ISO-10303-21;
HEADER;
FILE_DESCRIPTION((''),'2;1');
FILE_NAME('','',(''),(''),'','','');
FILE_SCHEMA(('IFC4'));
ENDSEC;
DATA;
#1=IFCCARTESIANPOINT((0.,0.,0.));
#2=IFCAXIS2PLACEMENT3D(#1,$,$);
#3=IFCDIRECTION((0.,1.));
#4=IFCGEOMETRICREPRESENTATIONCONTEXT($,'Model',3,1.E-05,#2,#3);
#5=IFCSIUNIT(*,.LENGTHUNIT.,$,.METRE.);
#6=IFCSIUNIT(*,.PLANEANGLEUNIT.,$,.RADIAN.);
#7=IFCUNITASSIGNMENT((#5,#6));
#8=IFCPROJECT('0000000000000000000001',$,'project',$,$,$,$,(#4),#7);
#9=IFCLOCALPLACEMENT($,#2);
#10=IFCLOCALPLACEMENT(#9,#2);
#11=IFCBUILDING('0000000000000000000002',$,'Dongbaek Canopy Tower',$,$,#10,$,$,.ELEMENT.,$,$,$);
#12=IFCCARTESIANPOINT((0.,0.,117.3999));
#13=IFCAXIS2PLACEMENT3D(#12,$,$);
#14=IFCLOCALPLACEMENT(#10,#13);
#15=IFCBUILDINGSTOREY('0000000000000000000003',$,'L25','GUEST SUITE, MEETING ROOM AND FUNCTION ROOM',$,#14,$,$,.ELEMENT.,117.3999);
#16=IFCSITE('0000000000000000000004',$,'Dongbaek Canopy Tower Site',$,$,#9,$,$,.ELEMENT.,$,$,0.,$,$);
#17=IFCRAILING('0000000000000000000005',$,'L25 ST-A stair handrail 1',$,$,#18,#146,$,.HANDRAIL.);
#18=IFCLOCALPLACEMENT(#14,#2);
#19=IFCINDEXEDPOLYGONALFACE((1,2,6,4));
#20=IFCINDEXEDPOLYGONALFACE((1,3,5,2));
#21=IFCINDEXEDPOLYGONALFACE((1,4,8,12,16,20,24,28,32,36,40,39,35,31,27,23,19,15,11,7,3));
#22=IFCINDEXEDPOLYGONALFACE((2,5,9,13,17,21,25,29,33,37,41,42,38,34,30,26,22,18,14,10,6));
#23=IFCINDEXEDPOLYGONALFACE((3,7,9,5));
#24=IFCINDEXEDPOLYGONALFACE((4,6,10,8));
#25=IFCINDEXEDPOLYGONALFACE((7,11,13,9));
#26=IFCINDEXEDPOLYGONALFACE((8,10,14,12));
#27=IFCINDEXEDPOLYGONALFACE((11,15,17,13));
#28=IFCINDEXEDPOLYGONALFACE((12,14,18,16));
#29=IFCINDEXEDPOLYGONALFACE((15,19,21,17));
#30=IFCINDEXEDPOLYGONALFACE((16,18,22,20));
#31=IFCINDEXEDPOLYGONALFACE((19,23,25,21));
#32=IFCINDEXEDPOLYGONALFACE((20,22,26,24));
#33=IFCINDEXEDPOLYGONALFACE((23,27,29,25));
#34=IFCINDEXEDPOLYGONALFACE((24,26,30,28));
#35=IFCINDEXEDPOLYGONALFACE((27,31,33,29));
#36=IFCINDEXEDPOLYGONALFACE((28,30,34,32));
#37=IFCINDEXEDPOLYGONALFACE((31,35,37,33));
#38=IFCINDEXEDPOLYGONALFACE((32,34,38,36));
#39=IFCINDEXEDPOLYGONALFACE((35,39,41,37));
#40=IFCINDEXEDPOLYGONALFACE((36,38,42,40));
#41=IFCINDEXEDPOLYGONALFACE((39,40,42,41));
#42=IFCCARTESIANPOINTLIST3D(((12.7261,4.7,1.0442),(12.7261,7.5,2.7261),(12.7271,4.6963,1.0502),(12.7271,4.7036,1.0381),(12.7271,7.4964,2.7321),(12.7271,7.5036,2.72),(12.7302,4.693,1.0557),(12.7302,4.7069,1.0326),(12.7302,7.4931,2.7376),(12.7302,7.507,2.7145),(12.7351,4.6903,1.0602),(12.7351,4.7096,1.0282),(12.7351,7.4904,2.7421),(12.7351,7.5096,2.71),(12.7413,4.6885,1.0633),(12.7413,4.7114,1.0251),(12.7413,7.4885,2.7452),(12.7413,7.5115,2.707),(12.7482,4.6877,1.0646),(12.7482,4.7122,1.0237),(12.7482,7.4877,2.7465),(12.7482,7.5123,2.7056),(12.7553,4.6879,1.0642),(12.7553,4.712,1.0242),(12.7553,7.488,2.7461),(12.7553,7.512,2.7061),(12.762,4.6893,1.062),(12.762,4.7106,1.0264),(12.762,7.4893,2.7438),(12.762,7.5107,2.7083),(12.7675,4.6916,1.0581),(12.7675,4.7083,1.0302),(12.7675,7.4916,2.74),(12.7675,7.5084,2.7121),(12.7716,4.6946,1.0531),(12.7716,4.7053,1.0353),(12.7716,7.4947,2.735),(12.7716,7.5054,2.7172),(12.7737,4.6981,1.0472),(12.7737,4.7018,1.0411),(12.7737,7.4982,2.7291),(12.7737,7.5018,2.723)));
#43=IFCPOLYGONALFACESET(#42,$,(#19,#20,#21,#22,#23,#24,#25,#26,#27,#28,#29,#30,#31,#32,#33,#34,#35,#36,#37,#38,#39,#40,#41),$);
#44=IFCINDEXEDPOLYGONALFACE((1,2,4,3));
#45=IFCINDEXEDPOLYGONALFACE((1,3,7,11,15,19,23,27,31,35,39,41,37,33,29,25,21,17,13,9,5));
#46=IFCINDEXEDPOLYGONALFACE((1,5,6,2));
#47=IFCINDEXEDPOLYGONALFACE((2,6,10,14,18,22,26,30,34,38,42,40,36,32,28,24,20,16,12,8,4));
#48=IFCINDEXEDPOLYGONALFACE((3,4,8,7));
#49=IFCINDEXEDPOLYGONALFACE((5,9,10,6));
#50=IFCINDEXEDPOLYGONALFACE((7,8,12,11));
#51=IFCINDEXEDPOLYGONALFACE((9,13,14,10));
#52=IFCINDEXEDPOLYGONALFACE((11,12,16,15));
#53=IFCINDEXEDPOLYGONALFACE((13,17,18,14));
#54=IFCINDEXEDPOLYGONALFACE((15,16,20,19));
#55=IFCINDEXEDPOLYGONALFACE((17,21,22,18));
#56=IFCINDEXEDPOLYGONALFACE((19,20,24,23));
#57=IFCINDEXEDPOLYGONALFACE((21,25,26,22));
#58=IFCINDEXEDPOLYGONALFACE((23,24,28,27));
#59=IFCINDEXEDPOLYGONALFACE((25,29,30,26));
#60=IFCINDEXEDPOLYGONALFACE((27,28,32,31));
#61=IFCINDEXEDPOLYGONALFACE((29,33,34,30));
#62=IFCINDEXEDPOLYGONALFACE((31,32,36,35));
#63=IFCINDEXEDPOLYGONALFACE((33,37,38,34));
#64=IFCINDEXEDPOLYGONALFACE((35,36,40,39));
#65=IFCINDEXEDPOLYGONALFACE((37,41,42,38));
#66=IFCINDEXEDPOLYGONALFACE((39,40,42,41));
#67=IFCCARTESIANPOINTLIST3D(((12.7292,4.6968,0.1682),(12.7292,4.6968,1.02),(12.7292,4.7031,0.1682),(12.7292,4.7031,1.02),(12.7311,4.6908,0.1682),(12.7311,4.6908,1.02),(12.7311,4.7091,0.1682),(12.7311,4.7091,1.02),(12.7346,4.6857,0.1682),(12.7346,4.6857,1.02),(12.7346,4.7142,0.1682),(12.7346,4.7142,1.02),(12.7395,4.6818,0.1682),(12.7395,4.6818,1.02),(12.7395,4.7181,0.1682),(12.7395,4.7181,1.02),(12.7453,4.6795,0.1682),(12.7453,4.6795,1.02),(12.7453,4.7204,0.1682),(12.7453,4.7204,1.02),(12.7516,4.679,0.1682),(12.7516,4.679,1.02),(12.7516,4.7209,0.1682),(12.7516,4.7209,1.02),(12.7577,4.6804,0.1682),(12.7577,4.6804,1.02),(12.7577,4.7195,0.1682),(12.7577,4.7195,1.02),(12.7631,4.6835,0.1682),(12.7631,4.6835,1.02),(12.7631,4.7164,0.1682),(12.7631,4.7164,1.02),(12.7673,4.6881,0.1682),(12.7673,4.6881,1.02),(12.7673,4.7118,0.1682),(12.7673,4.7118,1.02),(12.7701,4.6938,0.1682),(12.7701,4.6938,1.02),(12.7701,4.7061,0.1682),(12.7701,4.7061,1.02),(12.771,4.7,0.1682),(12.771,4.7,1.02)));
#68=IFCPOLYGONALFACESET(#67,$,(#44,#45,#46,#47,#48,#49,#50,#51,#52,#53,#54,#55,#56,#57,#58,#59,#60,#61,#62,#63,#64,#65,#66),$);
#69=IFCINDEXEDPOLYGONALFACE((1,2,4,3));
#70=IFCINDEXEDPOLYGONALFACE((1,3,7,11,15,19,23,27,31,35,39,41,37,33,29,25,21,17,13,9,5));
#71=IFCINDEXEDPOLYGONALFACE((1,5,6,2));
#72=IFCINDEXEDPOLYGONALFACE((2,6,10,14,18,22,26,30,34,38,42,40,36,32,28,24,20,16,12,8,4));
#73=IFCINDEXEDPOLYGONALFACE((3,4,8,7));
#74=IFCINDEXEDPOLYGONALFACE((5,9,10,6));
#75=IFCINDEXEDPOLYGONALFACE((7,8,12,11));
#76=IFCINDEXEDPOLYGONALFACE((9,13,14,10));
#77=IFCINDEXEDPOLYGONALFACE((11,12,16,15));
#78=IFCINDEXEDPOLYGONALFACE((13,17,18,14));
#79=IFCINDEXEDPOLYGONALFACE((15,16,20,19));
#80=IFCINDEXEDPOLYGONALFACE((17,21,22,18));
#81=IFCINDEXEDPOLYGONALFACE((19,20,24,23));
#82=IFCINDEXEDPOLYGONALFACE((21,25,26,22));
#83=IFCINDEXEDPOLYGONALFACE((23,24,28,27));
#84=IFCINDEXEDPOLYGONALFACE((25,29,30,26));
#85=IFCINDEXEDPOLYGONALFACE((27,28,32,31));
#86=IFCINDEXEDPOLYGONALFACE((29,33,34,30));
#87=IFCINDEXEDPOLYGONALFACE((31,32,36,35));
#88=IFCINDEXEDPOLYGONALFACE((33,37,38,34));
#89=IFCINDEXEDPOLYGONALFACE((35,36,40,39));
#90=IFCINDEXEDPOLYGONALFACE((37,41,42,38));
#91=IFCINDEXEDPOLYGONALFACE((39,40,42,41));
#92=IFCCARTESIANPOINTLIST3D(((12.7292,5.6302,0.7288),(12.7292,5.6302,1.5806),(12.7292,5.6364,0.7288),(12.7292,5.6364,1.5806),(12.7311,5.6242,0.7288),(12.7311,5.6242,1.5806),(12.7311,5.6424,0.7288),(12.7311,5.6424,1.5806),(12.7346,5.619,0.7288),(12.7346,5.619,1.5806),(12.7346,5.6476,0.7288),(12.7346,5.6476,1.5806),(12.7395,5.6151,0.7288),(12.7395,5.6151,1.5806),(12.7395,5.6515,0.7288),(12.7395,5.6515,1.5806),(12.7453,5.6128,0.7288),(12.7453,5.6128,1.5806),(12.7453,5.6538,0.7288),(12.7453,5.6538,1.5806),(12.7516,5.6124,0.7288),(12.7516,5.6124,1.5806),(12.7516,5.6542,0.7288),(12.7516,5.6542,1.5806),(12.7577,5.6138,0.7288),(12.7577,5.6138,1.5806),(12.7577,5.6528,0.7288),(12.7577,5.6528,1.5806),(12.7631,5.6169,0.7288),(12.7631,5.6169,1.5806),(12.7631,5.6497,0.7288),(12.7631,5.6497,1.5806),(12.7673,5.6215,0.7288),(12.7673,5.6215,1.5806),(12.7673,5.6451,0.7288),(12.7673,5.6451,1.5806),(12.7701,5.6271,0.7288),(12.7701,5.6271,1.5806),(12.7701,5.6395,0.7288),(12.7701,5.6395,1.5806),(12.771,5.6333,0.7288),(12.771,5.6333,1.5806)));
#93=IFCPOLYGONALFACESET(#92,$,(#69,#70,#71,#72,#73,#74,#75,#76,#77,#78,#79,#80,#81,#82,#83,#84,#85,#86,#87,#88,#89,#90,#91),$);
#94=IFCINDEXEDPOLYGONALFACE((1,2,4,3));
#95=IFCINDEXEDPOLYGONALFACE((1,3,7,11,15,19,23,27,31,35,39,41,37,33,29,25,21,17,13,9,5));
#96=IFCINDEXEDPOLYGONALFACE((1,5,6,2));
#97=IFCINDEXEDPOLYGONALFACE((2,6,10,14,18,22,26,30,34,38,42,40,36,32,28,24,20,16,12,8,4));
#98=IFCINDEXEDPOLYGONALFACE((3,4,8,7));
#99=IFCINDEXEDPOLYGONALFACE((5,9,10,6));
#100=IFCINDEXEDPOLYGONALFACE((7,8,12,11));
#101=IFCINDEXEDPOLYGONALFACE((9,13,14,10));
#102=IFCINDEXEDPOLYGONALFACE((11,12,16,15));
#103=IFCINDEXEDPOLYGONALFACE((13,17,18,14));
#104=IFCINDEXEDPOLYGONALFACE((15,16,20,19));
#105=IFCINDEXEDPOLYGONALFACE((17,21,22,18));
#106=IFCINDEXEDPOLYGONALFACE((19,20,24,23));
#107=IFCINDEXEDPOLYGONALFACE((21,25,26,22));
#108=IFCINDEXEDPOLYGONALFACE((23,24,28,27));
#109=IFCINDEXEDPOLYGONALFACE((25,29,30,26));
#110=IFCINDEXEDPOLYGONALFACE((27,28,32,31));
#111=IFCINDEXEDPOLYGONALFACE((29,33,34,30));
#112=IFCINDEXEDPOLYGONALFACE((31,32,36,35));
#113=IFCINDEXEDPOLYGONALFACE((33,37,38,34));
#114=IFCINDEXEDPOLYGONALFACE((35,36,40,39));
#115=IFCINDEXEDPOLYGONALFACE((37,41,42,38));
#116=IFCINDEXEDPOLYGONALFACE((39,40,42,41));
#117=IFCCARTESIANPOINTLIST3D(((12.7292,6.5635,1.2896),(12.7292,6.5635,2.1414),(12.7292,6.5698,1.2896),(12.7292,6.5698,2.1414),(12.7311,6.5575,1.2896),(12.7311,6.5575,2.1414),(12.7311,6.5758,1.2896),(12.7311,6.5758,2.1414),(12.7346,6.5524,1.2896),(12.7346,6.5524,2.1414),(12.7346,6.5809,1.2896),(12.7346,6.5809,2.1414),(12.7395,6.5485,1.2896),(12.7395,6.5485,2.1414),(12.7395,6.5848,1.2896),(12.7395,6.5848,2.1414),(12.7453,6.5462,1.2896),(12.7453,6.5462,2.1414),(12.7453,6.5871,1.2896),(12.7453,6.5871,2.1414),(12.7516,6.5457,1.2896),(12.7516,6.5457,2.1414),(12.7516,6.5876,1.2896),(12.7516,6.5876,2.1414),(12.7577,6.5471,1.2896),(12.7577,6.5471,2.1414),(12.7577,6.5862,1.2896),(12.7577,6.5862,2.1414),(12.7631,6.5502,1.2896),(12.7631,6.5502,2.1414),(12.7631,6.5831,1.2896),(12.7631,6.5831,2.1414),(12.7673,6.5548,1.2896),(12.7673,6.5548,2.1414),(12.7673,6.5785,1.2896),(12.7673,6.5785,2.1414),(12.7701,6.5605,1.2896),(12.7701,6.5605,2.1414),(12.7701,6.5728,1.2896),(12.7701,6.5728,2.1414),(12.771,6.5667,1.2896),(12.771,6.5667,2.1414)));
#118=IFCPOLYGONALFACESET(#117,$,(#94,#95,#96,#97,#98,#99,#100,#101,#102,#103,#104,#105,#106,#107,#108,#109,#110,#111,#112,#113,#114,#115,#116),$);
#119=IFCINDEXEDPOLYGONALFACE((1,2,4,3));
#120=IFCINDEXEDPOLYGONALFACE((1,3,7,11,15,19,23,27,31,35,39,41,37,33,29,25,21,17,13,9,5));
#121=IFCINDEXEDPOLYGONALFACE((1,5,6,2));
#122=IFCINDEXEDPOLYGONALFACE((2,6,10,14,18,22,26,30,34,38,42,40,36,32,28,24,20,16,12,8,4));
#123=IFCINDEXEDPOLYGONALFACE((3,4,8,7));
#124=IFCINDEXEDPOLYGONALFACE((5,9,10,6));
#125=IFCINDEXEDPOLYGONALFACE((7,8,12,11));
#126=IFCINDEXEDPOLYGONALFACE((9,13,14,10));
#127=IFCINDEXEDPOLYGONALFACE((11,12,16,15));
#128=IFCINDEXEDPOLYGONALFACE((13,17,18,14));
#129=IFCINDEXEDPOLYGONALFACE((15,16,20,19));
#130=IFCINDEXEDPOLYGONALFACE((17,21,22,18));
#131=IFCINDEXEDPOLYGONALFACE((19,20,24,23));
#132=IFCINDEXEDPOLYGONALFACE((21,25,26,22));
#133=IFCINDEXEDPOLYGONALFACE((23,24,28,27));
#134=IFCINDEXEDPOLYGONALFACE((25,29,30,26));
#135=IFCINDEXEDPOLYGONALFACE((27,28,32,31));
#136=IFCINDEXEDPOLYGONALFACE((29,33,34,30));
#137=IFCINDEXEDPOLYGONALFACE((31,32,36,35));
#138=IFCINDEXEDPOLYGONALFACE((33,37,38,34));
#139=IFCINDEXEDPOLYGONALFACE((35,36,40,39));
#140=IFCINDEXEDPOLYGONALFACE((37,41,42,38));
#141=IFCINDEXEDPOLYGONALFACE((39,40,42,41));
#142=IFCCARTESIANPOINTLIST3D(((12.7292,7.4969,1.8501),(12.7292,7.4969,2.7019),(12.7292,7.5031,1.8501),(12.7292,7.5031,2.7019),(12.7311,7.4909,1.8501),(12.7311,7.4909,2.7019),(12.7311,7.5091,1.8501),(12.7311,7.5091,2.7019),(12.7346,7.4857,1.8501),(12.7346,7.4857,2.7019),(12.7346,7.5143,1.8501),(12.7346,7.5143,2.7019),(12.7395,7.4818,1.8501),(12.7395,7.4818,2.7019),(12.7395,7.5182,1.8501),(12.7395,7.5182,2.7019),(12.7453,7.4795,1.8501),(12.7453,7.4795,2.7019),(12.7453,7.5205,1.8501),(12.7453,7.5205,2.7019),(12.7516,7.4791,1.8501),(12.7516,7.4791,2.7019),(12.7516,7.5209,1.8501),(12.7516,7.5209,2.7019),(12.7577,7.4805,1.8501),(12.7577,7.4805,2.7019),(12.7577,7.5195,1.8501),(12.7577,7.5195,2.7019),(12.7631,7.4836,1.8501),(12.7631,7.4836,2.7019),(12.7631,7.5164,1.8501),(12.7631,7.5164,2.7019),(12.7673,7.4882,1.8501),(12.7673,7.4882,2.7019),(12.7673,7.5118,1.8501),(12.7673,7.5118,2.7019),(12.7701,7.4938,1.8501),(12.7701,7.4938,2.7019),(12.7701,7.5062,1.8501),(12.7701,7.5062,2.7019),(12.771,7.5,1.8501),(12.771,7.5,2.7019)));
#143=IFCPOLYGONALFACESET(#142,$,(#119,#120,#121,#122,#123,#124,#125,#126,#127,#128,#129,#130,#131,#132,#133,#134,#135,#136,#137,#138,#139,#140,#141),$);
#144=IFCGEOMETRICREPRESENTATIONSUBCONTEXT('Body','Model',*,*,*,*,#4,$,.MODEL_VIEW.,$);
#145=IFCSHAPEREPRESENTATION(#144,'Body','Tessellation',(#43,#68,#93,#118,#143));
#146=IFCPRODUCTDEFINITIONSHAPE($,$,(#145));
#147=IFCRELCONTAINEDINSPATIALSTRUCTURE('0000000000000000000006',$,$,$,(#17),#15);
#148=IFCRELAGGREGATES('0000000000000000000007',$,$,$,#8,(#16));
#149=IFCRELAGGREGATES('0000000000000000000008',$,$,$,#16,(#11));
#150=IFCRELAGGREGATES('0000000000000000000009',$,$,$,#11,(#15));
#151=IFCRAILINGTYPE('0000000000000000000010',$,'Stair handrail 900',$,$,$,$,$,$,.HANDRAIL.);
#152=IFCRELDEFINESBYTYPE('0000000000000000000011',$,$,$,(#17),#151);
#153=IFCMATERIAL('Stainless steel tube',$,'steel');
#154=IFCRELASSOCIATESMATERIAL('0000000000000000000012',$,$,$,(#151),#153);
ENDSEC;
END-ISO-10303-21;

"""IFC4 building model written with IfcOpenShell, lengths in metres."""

from ifc_helpers import new_model, si_unit, direction, frame, origin, origin_2d, place, context, subcontext, project, spatial, circle, extrude, material, type_object, element, save


model = new_model("IFC4")

# Units and contexts
model_context = context("Model", 3, precision=1e-05, world=origin(), true_north=direction((0.0, 1.0)))
body_context = subcontext(model_context, "Body", "Model", "MODEL_VIEW")
ifc_project = project(units=[si_unit("LENGTHUNIT", "METRE"), si_unit("PLANEANGLEUNIT", "RADIAN")], contexts=[model_context])

# Site, building, storey
site_placement = place(None, origin())
site = spatial("IfcSite", under=ifc_project, at=site_placement, Name="Dongbaek Canopy Tower Site", CompositionType="ELEMENT", RefElevation=0.0)
building_placement = place(site_placement, origin())
building = spatial("IfcBuilding", under=site, at=building_placement, Name="Dongbaek Canopy Tower", CompositionType="ELEMENT")
storey_placement = place(building_placement, frame((0.0, 0.0, 117.3999)))
storey = spatial("IfcBuildingStorey", under=building, at=storey_placement, Name="L25", Description="GUEST SUITE, MEETING ROOM AND FUNCTION ROOM", CompositionType="ELEMENT", Elevation=117.3999)

# Railing
ifc_material_1 = material(Name="Stainless steel tube", Category="steel")
railing_type_1 = type_object("IfcRailingType", Name="Stair handrail 900", PredefinedType="HANDRAIL", material=ifc_material_1)
railing_1_placement = place(storey_placement, frame((12.75, 4.7, 0.1682)))
element("IfcRailing", 1, at=railing_1_placement, inside=storey, type_object=railing_type_1, Name="L25 ST-A stair handrail 1", PredefinedType="HANDRAIL", context=body_context, shape_type="SweptSolid", body=[
    extrude(circle(Radius=0.0239, at=origin_2d()), frame((0.0, 0.0, 0.876), z_axis=(0.0, 0.857242, 0.514913), x_axis=(-1.0, 0.0, 0.0)), (0.0, 0.0, 1.0), 3.2664),
    extrude(circle(Radius=0.021, at=origin_2d()), origin(), (0.0, 0.0, 1.0), 0.8518),
    extrude(circle(Radius=0.021, at=origin_2d()), frame((0.0, 0.9333, 0.5605)), (0.0, 0.0, 1.0), 0.8518),
    extrude(circle(Radius=0.021, at=origin_2d()), frame((0.0, 1.8667, 1.1213)), (0.0, 0.0, 1.0), 0.8518),
    extrude(circle(Radius=0.021, at=origin_2d()), frame((0.0, 2.8, 1.6819)), (0.0, 0.0, 1.0), 0.8518),
])

save(model, "model.ifc")
